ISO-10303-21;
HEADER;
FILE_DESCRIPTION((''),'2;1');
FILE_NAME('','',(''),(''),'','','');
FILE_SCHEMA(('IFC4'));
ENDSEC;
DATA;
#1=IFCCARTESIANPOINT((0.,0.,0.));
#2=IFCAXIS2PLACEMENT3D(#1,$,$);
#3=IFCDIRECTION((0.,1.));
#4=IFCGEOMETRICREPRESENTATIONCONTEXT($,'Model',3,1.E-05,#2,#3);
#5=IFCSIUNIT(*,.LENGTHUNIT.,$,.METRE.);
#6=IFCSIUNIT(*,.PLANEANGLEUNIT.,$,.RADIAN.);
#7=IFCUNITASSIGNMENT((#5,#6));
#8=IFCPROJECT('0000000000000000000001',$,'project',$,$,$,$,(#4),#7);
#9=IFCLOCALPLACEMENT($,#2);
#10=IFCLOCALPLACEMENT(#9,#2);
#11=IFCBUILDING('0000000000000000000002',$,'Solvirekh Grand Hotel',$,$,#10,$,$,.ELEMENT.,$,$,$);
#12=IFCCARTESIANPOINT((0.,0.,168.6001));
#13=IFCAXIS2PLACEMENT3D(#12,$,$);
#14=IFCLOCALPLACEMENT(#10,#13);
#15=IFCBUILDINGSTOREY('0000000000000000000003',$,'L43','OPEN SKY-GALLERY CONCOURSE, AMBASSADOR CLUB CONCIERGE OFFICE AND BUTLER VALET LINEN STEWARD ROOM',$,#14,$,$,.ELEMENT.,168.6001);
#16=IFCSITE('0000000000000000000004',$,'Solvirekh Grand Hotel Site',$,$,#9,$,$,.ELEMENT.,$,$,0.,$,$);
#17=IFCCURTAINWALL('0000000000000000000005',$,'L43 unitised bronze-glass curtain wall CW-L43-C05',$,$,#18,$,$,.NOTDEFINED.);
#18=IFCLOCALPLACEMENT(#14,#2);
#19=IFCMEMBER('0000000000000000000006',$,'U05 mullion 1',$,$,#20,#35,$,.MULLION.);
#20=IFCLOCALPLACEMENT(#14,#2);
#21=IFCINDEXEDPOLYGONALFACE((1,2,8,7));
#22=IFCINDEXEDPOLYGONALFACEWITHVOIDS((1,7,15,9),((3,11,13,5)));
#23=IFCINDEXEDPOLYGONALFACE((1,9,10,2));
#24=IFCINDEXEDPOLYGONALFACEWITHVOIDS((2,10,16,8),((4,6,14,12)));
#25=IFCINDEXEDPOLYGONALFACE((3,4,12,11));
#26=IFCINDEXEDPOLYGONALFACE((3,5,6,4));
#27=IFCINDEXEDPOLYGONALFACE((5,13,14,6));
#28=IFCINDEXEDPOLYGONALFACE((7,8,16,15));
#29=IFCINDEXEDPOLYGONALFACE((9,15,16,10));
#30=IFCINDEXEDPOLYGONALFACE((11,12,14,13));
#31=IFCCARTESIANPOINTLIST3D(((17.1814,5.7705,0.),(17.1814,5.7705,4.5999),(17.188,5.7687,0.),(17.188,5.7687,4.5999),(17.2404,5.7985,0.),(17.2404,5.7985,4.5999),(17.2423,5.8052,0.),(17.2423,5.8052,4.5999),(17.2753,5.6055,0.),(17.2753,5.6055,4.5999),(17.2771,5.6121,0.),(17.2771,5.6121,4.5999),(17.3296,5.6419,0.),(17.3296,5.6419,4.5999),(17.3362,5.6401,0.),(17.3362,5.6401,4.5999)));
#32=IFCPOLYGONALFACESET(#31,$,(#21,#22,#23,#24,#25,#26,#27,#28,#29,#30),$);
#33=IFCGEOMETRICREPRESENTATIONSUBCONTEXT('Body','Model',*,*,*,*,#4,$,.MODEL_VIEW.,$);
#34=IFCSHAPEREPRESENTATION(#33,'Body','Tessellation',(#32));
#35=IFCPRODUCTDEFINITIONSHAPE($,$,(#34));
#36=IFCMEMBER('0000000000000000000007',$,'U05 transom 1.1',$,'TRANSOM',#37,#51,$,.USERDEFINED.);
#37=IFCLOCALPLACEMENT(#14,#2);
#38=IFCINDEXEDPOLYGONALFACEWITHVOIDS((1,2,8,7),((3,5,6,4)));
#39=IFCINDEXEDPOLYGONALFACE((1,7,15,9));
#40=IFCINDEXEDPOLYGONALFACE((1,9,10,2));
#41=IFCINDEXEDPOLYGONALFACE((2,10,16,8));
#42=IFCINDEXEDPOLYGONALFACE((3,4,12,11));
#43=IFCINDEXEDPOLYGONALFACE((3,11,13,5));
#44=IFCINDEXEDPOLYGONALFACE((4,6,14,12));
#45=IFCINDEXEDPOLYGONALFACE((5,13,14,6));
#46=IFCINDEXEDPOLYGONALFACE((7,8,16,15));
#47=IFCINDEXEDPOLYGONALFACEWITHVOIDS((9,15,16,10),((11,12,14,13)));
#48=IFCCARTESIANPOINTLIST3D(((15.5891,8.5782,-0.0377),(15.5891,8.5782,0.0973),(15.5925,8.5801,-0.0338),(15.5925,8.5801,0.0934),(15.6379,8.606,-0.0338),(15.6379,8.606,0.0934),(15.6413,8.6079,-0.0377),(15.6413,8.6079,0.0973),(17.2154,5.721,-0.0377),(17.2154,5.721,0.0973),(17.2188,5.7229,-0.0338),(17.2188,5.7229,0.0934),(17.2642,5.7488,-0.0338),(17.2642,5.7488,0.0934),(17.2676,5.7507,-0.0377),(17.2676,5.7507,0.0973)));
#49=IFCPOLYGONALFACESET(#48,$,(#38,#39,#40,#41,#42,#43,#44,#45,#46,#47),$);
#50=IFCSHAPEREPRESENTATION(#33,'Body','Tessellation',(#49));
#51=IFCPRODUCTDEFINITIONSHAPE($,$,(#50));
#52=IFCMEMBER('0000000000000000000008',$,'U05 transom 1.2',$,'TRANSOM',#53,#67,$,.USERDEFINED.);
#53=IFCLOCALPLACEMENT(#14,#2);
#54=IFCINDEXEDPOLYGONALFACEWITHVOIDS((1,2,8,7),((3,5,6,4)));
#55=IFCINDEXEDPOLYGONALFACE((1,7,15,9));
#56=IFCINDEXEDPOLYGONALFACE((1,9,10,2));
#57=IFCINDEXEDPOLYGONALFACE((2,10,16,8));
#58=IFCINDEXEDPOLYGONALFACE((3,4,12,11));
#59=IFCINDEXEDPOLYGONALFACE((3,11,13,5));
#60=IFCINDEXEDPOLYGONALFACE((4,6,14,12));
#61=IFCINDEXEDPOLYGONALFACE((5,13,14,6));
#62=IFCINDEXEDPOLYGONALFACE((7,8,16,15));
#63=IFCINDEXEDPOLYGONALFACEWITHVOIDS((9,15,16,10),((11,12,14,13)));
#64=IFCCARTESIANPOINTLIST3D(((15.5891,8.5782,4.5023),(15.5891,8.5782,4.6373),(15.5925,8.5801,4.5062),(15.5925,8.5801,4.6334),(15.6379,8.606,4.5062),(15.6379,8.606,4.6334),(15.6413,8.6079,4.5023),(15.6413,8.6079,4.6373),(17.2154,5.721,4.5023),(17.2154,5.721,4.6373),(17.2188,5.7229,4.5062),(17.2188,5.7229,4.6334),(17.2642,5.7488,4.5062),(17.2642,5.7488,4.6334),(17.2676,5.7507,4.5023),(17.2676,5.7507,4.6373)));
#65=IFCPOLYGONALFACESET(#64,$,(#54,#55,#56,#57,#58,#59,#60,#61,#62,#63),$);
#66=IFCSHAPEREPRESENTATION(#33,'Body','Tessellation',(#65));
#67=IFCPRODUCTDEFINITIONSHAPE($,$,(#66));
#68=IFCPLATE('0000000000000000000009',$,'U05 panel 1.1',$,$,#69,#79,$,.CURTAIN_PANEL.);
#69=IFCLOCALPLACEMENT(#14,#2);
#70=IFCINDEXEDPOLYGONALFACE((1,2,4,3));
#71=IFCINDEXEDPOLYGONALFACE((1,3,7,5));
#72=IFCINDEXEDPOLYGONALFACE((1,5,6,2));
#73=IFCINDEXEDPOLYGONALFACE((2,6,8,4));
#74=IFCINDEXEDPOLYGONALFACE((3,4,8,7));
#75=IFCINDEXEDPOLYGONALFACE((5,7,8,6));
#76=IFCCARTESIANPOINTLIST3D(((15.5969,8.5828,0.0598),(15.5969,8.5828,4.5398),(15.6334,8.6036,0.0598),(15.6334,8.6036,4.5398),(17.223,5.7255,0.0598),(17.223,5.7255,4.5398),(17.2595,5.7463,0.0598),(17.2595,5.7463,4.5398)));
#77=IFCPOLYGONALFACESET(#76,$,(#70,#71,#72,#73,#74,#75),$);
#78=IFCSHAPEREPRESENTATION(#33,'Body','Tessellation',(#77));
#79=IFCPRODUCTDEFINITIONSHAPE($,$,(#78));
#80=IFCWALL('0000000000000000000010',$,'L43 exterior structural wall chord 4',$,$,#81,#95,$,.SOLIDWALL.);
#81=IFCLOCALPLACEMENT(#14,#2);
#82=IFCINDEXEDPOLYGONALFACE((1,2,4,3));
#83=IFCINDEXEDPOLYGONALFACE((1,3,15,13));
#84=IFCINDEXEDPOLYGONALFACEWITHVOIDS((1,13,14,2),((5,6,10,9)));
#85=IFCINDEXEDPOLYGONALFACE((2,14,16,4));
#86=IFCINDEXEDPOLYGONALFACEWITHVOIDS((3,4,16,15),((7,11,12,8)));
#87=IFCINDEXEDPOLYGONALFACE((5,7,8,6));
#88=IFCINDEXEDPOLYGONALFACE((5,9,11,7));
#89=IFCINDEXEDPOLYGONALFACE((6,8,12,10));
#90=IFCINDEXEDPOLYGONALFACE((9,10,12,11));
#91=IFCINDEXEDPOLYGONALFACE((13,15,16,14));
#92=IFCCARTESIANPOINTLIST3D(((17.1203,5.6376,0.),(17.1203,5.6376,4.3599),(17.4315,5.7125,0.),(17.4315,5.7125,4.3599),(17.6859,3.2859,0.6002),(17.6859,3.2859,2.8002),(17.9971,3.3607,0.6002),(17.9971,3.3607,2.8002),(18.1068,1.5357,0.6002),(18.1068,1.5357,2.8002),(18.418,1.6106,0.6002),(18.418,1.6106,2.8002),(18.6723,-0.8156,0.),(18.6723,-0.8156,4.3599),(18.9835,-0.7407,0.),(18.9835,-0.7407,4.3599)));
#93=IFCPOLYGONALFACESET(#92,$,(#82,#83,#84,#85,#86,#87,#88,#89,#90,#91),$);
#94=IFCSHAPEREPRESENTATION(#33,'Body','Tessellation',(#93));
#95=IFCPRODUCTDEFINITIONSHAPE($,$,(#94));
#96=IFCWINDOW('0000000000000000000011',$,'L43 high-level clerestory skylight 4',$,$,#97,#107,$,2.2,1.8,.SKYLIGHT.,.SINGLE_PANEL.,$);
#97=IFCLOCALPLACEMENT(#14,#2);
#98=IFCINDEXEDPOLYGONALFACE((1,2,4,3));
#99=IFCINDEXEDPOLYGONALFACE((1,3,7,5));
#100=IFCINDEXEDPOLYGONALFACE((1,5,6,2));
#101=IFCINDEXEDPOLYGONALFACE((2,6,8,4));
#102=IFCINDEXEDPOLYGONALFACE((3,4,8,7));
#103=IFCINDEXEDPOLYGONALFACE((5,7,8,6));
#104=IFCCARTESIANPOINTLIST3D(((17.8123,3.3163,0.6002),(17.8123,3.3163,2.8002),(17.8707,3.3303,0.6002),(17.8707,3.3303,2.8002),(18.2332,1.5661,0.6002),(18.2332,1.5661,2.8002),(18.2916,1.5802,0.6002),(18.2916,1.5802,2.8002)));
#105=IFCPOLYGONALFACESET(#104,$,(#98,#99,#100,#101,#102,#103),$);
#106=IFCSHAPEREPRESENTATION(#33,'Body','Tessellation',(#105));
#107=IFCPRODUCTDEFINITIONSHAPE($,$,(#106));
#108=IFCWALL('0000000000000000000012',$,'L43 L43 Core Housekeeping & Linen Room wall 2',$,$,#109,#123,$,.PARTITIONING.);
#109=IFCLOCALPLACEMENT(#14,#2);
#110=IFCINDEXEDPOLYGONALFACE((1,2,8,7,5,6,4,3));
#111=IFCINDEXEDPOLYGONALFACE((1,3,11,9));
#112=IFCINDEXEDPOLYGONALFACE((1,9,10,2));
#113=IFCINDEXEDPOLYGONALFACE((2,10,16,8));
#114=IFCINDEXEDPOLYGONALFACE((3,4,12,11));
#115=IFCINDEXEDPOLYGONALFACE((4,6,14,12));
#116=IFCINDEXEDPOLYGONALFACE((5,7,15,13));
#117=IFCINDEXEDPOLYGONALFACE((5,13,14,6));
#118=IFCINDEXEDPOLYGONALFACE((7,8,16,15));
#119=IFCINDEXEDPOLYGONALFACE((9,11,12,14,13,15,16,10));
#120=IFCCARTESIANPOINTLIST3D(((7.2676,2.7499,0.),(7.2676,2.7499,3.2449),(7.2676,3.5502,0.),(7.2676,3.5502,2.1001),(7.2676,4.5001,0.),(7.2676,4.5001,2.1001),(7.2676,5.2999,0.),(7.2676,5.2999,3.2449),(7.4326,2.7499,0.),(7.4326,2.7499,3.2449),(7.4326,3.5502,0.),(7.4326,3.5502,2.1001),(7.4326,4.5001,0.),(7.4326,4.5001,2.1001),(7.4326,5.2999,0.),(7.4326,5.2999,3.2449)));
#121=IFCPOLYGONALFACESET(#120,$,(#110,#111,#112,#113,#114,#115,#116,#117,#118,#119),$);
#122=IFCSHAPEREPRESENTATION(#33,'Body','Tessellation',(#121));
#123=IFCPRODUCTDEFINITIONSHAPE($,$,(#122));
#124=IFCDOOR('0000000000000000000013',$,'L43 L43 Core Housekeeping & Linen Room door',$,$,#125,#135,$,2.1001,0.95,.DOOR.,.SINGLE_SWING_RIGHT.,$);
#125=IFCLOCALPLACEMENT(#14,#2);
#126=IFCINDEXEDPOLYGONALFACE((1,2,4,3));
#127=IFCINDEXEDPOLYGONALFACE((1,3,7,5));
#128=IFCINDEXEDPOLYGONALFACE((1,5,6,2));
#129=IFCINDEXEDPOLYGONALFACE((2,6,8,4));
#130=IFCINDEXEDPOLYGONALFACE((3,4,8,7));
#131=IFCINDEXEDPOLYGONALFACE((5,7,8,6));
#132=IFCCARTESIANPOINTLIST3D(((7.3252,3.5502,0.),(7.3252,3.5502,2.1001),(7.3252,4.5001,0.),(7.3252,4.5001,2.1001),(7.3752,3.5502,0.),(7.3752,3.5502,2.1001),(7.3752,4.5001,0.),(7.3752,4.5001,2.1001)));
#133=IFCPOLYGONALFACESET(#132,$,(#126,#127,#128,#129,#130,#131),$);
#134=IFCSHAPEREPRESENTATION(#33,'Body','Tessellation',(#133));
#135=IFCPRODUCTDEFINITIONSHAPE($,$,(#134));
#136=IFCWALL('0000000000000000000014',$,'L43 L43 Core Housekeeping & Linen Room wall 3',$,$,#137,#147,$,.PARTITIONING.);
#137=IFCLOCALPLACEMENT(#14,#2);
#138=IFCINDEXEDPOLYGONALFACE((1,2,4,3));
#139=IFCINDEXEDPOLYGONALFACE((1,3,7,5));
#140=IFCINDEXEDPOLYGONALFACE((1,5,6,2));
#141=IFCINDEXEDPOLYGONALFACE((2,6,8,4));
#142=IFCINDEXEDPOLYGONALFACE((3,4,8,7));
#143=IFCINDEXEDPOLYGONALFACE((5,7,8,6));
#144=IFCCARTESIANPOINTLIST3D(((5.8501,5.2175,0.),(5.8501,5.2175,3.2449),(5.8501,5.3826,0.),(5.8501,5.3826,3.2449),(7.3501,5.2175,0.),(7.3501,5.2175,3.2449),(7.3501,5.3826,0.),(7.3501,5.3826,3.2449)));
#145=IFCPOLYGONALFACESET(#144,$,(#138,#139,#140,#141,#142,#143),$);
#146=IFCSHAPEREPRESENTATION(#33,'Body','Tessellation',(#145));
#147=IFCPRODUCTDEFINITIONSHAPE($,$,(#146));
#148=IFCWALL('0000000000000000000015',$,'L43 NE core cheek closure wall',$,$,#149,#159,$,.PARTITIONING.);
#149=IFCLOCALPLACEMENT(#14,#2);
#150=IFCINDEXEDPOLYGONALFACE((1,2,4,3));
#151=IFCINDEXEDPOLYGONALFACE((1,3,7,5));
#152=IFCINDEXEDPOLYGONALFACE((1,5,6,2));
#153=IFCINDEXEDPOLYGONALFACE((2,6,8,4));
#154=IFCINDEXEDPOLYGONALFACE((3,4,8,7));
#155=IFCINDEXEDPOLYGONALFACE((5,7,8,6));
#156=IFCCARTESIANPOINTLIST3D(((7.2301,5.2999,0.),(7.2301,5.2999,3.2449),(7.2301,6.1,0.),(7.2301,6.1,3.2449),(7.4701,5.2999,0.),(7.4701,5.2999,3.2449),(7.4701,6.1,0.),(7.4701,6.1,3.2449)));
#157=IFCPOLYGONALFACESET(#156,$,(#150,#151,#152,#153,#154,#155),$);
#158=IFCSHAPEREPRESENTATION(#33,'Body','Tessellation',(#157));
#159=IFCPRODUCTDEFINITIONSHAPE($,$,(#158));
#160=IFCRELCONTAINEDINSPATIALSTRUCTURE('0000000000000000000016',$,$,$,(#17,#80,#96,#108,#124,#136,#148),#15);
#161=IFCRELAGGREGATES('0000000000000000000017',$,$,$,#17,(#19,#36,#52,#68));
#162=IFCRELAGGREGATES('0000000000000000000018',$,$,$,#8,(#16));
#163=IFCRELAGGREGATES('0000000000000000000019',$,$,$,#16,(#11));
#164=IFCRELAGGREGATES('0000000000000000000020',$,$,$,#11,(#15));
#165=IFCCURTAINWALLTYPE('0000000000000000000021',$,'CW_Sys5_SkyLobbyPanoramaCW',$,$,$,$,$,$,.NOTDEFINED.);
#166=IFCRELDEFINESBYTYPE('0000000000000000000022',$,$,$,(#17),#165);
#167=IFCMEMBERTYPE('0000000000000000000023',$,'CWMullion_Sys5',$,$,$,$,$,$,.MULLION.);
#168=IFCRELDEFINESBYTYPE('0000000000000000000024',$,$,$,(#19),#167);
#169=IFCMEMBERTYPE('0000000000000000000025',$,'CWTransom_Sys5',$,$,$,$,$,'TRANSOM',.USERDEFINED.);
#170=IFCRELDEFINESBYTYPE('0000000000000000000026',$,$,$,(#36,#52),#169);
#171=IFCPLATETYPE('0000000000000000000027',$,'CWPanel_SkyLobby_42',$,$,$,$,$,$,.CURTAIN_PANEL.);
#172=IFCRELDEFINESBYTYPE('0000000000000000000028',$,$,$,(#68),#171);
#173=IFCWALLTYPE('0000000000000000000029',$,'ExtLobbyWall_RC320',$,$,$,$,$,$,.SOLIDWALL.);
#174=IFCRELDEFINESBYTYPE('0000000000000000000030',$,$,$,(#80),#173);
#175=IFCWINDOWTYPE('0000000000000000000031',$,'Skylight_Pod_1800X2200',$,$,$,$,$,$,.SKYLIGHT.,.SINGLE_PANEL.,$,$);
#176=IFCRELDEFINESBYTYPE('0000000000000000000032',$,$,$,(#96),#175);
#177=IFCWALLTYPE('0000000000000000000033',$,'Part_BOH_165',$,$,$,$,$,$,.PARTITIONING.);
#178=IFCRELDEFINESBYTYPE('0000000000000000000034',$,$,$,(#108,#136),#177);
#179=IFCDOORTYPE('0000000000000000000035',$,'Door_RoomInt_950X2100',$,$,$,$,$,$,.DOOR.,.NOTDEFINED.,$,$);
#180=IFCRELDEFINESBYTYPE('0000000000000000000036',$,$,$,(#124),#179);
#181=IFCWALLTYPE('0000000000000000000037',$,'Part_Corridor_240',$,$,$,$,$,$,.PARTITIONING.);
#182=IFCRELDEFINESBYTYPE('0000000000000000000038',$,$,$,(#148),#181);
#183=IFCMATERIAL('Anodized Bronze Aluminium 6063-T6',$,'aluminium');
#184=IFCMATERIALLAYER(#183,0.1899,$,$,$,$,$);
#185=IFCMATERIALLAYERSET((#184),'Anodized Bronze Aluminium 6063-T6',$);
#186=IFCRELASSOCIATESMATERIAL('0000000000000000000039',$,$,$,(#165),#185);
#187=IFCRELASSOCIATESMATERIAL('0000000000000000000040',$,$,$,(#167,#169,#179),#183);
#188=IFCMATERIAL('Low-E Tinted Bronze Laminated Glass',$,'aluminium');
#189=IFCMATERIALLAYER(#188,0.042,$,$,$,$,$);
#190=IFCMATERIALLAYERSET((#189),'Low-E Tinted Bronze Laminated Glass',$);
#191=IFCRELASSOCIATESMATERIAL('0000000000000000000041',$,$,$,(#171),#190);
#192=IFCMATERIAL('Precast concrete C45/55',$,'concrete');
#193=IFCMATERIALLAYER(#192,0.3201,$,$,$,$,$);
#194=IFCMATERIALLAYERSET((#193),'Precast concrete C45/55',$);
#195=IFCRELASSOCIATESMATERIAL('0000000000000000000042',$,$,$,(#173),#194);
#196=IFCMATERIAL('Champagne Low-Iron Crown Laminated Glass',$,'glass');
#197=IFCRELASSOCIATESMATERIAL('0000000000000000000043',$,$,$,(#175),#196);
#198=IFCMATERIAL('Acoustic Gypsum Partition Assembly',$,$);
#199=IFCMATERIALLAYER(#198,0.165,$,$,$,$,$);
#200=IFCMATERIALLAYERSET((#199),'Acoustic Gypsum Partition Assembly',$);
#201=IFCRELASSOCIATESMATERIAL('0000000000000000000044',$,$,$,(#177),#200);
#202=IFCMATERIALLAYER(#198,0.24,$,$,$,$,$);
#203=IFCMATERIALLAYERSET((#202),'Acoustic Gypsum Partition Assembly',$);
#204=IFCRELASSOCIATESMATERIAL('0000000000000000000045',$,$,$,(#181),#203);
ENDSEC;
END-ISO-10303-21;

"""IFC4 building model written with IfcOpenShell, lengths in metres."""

from ifc_helpers import new_model, si_unit, direction, frame, frame_2d, origin, origin_2d, place, context, subcontext, project, spatial, rectangle, hollow_rectangle, extrude, source, transform, mapped, material, layer, layer_set, material_profile, profile_set, type_object, element, fill, aggregate, save


model = new_model("IFC4")

# Units and contexts
model_context = context("Model", 3, precision=1e-05, world=origin(), true_north=direction((0.0, 1.0)))
body_context = subcontext(model_context, "Body", "Model", "MODEL_VIEW")
ifc_project = project(units=[si_unit("LENGTHUNIT", "METRE"), si_unit("PLANEANGLEUNIT", "RADIAN")], contexts=[model_context])

# Site, building, storey
site_placement = place(None, origin())
site = spatial("IfcSite", under=ifc_project, at=site_placement, Name="Solvirekh Grand Hotel Site", CompositionType="ELEMENT", RefElevation=0.0)
building_placement = place(site_placement, origin())
building = spatial("IfcBuilding", under=site, at=building_placement, Name="Solvirekh Grand Hotel", CompositionType="ELEMENT")
storey_placement = place(building_placement, frame((0.0, 0.0, 168.6001)))
storey = spatial("IfcBuildingStorey", under=building, at=storey_placement, Name="L43", Description="OPEN SKY-GALLERY CONCOURSE, AMBASSADOR CLUB CONCIERGE OFFICE AND BUTLER VALET LINEN STEWARD ROOM", CompositionType="ELEMENT", Elevation=168.6001)

# Curtain wall, members, plate
ifc_material_1 = material(Name="Anodized Bronze Aluminium 6063-T6", Category="aluminium")
ifc_layer_1 = layer(ifc_material_1, 0.1899)
ifc_layer_set_1 = layer_set([ifc_layer_1], Name="Anodized Bronze Aluminium 6063-T6")
curtain_wall_type = type_object("IfcCurtainWallType", Name="CW_Sys5_SkyLobbyPanoramaCW", PredefinedType="NOTDEFINED", material=ifc_layer_set_1)
curtain_wall_placement = place(storey_placement, origin())
curtain_wall = element("IfcCurtainWall", 1, at=curtain_wall_placement, inside=storey, type_object=curtain_wall_type, Name="L43 unitised bronze-glass curtain wall CW-L43-C05", PredefinedType="NOTDEFINED")
ifc_material_profile_1 = material_profile(ifc_material_1, hollow_rectangle(XDim=0.0701, YDim=0.1899, WallThickness=0.0049, at=origin_2d()), Name="ALU RHS 190X70X5")
ifc_profile_set_1 = profile_set([ifc_material_profile_1], Name="Anodized Bronze Aluminium 6063-T6")
member_type_1 = type_object("IfcMemberType", Name="CWMullion_Sys5", PredefinedType="MULLION", material=ifc_profile_set_1)
shared_shape_1 = source(origin(), body_context, "Body", "SweptSolid", [
    extrude(hollow_rectangle(XDim=0.0701, YDim=0.1899, WallThickness=0.0049, at=origin_2d()), origin(), (0.0, 0.0, 1.0), 4.5999),
])
member_1_placement = place(storey_placement, frame((17.2588, 5.7053, 0.0), z_axis=(0.0, 0.0, 1.0), x_axis=(-0.869112, -0.494614, 0.0)))
member_1 = element("IfcMember", 2, at=member_1_placement, type_object=member_type_1, Name="U05 mullion 1", PredefinedType="MULLION", context=body_context, shape_type="MappedRepresentation", body=[
    mapped(shared_shape_1, transform((0.0, 0.0, 0.0), x_axis=(1.0, 0.0, 0.0), y_axis=(0.0, 1.0, 0.0), z_axis=(0.0, 0.0, 1.0), scale=1.0)),
])
ifc_material_profile_2 = material_profile(ifc_material_1, hollow_rectangle(XDim=0.0601, YDim=0.135, WallThickness=0.0039, at=origin_2d()), Name="ALU RHS 135X60X4")
ifc_profile_set_2 = profile_set([ifc_material_profile_2], Name="Anodized Bronze Aluminium 6063-T6")
member_type_2 = type_object("IfcMemberType", Name="CWTransom_Sys5", ElementType="TRANSOM", PredefinedType="USERDEFINED", material=ifc_profile_set_2)
shared_shape_2 = source(origin(), body_context, "Body", "SweptSolid", [
    extrude(hollow_rectangle(XDim=0.0601, YDim=0.135, WallThickness=0.0039, at=origin_2d()), origin(), (0.0, 0.0, 1.0), 3.2876),
])
member_2_placement = place(storey_placement, frame((17.2415, 5.7358, 0.0298), z_axis=(-0.494659, 0.869087, 0.0), x_axis=(-0.869087, -0.494659, 0.0)))
member_2 = element("IfcMember", 3, at=member_2_placement, type_object=member_type_2, Name="U05 transom 1.1", ObjectType="TRANSOM", PredefinedType="USERDEFINED", context=body_context, shape_type="MappedRepresentation", body=[
    mapped(shared_shape_2, transform((0.0, 0.0, 0.0), x_axis=(1.0, 0.0, 0.0), y_axis=(0.0, 1.0, 0.0), z_axis=(0.0, 0.0, 1.0), scale=1.0)),
])
member_3_placement = place(storey_placement, frame((17.2415, 5.7358, 4.5698), z_axis=(-0.494659, 0.869087, 0.0), x_axis=(-0.869087, -0.494659, 0.0)))
member_3 = element("IfcMember", 4, at=member_3_placement, type_object=member_type_2, Name="U05 transom 1.2", ObjectType="TRANSOM", PredefinedType="USERDEFINED", context=body_context, shape_type="MappedRepresentation", body=[
    mapped(shared_shape_2, transform((0.0, 0.0, 0.0), x_axis=(1.0, 0.0, 0.0), y_axis=(0.0, 1.0, 0.0), z_axis=(0.0, 0.0, 1.0), scale=1.0)),
])
ifc_material_2 = material(Name="Low-E Tinted Bronze Laminated Glass", Category="aluminium")
ifc_layer_2 = layer(ifc_material_2, 0.042)
ifc_layer_set_2 = layer_set([ifc_layer_2], Name="Low-E Tinted Bronze Laminated Glass")
plate_type = type_object("IfcPlateType", Name="CWPanel_SkyLobby_42", PredefinedType="CURTAIN_PANEL", material=ifc_layer_set_2)
shared_shape_3 = source(origin(), body_context, "Body", "SweptSolid", [
    extrude(rectangle(XDim=3.2876, YDim=0.042, at=origin_2d()), origin(), (0.0, 0.0, 1.0), 4.48),
])
plate_placement = place(storey_placement, frame((16.4282, 7.1646, 0.0598), z_axis=(0.0, 0.0, 1.0), x_axis=(-0.494614, 0.869112, 0.0)))
plate = element("IfcPlate", 5, at=plate_placement, type_object=plate_type, Name="U05 panel 1.1", PredefinedType="CURTAIN_PANEL", context=body_context, shape_type="MappedRepresentation", body=[
    mapped(shared_shape_3, transform((0.0, 0.0, 0.0), x_axis=(1.0, 0.0, 0.0), y_axis=(0.0, 1.0, 0.0), z_axis=(0.0, 0.0, 1.0), scale=1.0)),
])
aggregate(curtain_wall, [member_1, member_2, member_3, plate])

# Wall, opening, window
ifc_material_3 = material(Name="Precast concrete C45/55", Category="concrete")
ifc_layer_3 = layer(ifc_material_3, 0.3201)
ifc_layer_set_3 = layer_set([ifc_layer_3], Name="Precast concrete C45/55")
wall_type_1 = type_object("IfcWallType", Name="ExtLobbyWall_RC320", PredefinedType="SOLIDWALL", material=ifc_layer_set_3)
wall_1_placement = place(storey_placement, frame((17.2759, 5.675, 0.0), z_axis=(0.0, 0.0, 1.0), x_axis=(0.233836, -0.972276, 0.0)))
wall_1 = element("IfcWall", 6, at=wall_1_placement, inside=storey, type_object=wall_type_1, Name="L43 exterior structural wall chord 4", PredefinedType="SOLIDWALL", context=body_context, shape_type="SweptSolid", body=[
    extrude(rectangle(XDim=6.6372, YDim=0.3201, at=frame_2d((3.3186, 0.0))), origin(), (0.0, 0.0, 1.0), 4.3599),
])
opening_1_placement = place(wall_1_placement, frame((2.4189, 0.0, 0.6001)))
opening_1 = element("IfcOpeningElement", 7, at=opening_1_placement, cuts=wall_1, PredefinedType="OPENING", context=body_context, shape_type="SweptSolid", body=[
    extrude(rectangle(XDim=1.8, YDim=2.2, at=frame_2d((0.8999, 1.1001))), frame((0.0, 0.1699, 0.0), z_axis=(0.0, -1.0, 0.0), x_axis=(1.0, 0.0, 0.0)), (0.0, 0.0, 1.0), 0.3401),
])
ifc_material_4 = material(Name="Champagne Low-Iron Crown Laminated Glass", Category="glass")
window_type = type_object("IfcWindowType", Name="Skylight_Pod_1800X2200", PartitioningType="SINGLE_PANEL", PredefinedType="SKYLIGHT", material=ifc_material_4)
window_placement = place(opening_1_placement, origin())
window = element("IfcWindow", 8, at=window_placement, inside=storey, type_object=window_type, Name="L43 high-level clerestory skylight 4", OverallHeight=2.2, OverallWidth=1.8, PartitioningType="SINGLE_PANEL", PredefinedType="SKYLIGHT", context=body_context, shape_type="SweptSolid", body=[
    extrude(rectangle(XDim=1.8, YDim=2.2, at=frame_2d((0.8999, 1.1001))), frame((0.0, 0.03, 0.0), z_axis=(0.0, -1.0, 0.0), x_axis=(1.0, 0.0, 0.0)), (0.0, 0.0, 1.0), 0.0601),
])
fill(opening_1, window)

# Wall, opening, door
ifc_material_5 = material(Name="Acoustic Gypsum Partition Assembly")
ifc_layer_4 = layer(ifc_material_5, 0.165)
ifc_layer_set_4 = layer_set([ifc_layer_4], Name="Acoustic Gypsum Partition Assembly")
wall_type_2 = type_object("IfcWallType", Name="Part_BOH_165", PredefinedType="PARTITIONING", material=ifc_layer_set_4)
wall_2_placement = place(storey_placement, frame((7.3501, 2.75, 0.0), z_axis=(0.0, 0.0, 1.0), x_axis=(0.0, 1.0, 0.0)))
wall_2 = element("IfcWall", 9, at=wall_2_placement, inside=storey, type_object=wall_type_2, Name="L43 L43 Core Housekeeping & Linen Room wall 2", PredefinedType="PARTITIONING", context=body_context, shape_type="SweptSolid", body=[
    extrude(rectangle(XDim=2.55, YDim=0.165, at=frame_2d((1.2749, 0.0))), origin(), (0.0, 0.0, 1.0), 3.2449),
])
opening_2_placement = place(wall_2_placement, frame((0.8, 0.0, 0.0)))
opening_2 = element("IfcOpeningElement", 10, at=opening_2_placement, cuts=wall_2, PredefinedType="OPENING", context=body_context, shape_type="SweptSolid", body=[
    extrude(rectangle(XDim=0.95, YDim=2.1001, at=frame_2d((0.4751, 1.05))), frame((0.0, 0.0925, 0.0), z_axis=(0.0, -1.0, 0.0), x_axis=(1.0, 0.0, 0.0)), (0.0, 0.0, 1.0), 0.1851),
])
door_type = type_object("IfcDoorType", Name="Door_RoomInt_950X2100", OperationType="NOTDEFINED", PredefinedType="DOOR", material=ifc_material_1)
door_placement = place(opening_2_placement, origin())
door = element("IfcDoor", 11, at=door_placement, inside=storey, type_object=door_type, Name="L43 L43 Core Housekeeping & Linen Room door", OperationType="SINGLE_SWING_RIGHT", OverallHeight=2.1001, OverallWidth=0.95, PredefinedType="DOOR", context=body_context, shape_type="SweptSolid", body=[
    extrude(rectangle(XDim=0.95, YDim=2.1001, at=frame_2d((0.4751, 1.05))), frame((0.0, 0.0249, 0.0), z_axis=(0.0, -1.0, 0.0), x_axis=(1.0, 0.0, 0.0)), (0.0, 0.0, 1.0), 0.05),
])
fill(opening_2, door)

# Walls
wall_3_placement = place(storey_placement, frame((7.3501, 5.3, 0.0), z_axis=(0.0, 0.0, 1.0), x_axis=(-1.0, 0.0, 0.0)))
element("IfcWall", 12, at=wall_3_placement, inside=storey, type_object=wall_type_2, Name="L43 L43 Core Housekeeping & Linen Room wall 3", PredefinedType="PARTITIONING", context=body_context, shape_type="SweptSolid", body=[
    extrude(rectangle(XDim=1.5, YDim=0.165, at=frame_2d((0.75, 0.0))), origin(), (0.0, 0.0, 1.0), 3.2449),
])
ifc_layer_5 = layer(ifc_material_5, 0.24)
ifc_layer_set_5 = layer_set([ifc_layer_5], Name="Acoustic Gypsum Partition Assembly")
wall_type_3 = type_object("IfcWallType", Name="Part_Corridor_240", PredefinedType="PARTITIONING", material=ifc_layer_set_5)
wall_4_placement = place(storey_placement, frame((7.3501, 5.3, 0.0), z_axis=(0.0, 0.0, 1.0), x_axis=(0.0, 1.0, 0.0)))
element("IfcWall", 13, at=wall_4_placement, inside=storey, type_object=wall_type_3, Name="L43 NE core cheek closure wall", PredefinedType="PARTITIONING", context=body_context, shape_type="SweptSolid", body=[
    extrude(rectangle(XDim=0.8, YDim=0.24, at=frame_2d((0.3999, 0.0))), origin(), (0.0, 0.0, 1.0), 3.2449),
])

save(model, "model.ifc")
